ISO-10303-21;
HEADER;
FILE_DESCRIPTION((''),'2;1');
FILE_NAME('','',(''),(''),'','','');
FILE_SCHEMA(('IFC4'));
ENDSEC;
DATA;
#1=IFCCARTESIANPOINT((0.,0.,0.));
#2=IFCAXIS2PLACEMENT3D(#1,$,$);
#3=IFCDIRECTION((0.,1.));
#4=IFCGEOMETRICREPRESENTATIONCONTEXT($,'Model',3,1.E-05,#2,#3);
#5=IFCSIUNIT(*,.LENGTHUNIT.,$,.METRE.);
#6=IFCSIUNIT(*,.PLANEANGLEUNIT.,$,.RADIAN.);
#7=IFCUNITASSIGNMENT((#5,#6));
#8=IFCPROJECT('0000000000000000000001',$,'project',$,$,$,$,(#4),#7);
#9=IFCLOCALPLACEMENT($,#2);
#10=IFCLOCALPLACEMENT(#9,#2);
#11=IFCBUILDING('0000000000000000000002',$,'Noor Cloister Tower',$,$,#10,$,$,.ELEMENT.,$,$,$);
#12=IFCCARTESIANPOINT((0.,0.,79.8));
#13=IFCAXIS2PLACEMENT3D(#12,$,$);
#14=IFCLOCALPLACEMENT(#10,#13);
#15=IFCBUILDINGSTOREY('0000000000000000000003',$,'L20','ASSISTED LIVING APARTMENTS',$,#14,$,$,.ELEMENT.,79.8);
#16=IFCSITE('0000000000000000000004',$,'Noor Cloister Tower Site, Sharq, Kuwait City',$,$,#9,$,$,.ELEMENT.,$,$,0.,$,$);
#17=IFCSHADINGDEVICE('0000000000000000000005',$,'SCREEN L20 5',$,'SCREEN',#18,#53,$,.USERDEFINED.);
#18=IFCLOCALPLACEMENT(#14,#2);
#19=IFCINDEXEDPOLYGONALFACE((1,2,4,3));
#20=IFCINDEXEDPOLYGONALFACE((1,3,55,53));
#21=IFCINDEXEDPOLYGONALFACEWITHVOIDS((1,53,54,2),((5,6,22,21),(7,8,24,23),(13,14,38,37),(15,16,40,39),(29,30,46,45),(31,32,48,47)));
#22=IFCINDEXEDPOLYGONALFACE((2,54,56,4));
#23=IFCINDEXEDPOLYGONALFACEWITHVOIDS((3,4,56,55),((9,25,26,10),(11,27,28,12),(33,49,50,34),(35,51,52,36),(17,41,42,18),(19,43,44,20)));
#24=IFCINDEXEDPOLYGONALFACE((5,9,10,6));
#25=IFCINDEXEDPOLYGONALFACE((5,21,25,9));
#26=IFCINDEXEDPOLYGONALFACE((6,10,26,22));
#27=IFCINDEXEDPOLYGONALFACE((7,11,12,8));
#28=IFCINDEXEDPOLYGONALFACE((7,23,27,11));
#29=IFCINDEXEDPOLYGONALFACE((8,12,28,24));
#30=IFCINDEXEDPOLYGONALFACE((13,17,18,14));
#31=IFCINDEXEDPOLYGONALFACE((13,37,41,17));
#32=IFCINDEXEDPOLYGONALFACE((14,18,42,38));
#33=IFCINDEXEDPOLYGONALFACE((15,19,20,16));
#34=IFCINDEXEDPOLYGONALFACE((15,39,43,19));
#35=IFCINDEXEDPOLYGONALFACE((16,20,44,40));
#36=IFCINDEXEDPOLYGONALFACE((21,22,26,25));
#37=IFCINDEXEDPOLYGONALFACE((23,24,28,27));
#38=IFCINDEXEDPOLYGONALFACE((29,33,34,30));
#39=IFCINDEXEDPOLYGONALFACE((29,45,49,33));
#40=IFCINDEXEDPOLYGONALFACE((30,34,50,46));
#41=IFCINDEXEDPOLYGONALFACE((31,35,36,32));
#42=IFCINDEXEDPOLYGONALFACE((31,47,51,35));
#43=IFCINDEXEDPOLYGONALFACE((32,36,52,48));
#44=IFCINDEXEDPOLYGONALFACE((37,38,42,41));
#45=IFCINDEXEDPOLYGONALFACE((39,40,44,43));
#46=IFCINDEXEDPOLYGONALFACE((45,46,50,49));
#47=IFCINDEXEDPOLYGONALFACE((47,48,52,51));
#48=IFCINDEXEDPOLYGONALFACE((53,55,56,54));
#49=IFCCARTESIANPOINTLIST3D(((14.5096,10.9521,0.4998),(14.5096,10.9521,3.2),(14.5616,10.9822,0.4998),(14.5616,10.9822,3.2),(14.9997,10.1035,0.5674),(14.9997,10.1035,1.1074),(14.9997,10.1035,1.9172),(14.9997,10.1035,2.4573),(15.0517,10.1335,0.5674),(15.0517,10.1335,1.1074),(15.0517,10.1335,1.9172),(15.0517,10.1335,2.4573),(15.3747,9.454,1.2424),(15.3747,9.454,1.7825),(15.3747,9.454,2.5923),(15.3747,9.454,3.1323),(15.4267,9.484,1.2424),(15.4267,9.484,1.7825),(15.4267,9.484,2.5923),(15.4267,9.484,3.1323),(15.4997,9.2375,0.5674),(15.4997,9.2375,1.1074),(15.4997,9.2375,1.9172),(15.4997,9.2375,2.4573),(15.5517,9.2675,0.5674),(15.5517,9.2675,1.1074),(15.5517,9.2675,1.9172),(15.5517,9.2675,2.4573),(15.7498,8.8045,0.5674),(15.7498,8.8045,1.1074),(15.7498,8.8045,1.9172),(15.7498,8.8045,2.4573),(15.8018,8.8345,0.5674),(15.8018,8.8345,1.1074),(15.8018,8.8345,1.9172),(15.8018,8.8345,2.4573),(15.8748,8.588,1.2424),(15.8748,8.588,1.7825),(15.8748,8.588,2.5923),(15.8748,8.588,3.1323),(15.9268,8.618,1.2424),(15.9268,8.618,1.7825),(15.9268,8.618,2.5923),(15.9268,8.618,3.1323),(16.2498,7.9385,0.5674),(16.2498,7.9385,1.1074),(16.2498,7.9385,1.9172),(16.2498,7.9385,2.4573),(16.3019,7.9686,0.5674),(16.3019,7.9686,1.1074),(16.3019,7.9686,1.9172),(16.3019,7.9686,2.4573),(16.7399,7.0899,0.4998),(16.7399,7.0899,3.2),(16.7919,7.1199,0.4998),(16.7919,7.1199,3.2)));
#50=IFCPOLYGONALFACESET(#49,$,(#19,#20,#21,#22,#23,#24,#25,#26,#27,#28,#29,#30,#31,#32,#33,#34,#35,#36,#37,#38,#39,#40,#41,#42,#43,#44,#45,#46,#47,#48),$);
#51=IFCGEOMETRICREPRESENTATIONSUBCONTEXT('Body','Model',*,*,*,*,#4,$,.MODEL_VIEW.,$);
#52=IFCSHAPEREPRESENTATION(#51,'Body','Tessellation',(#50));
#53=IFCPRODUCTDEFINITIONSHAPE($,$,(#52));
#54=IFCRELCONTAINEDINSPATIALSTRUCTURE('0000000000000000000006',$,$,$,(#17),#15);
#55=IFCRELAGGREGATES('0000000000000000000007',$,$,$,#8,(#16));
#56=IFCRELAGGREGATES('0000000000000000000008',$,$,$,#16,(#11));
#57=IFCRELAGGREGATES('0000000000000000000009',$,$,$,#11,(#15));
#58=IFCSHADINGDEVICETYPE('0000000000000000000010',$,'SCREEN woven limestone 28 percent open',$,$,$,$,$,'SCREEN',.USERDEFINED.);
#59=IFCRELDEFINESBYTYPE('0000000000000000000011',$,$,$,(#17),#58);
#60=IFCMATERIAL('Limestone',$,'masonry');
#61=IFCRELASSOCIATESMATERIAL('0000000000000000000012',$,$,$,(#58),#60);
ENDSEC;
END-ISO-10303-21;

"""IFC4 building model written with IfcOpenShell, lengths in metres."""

from ifc_helpers import new_model, si_unit, direction, frame, origin, place, context, subcontext, project, spatial, polyline, outline, extrude, material, material_profile, profile_set, type_object, element, save


model = new_model("IFC4")

# Units and contexts
model_context = context("Model", 3, precision=1e-05, world=origin(), true_north=direction((0.0, 1.0)))
body_context = subcontext(model_context, "Body", "Model", "MODEL_VIEW")
ifc_project = project(units=[si_unit("LENGTHUNIT", "METRE"), si_unit("PLANEANGLEUNIT", "RADIAN")], contexts=[model_context])

# Site, building, storey
site_placement = place(None, origin())
site = spatial("IfcSite", under=ifc_project, at=site_placement, Name="Noor Cloister Tower Site, Sharq, Kuwait City", CompositionType="ELEMENT", RefElevation=0.0)
building_placement = place(site_placement, origin())
building = spatial("IfcBuilding", under=site, at=building_placement, Name="Noor Cloister Tower", CompositionType="ELEMENT")
storey_placement = place(building_placement, frame((0.0, 0.0, 79.8)))
storey = spatial("IfcBuildingStorey", under=building, at=storey_placement, Name="L20", Description="ASSISTED LIVING APARTMENTS", CompositionType="ELEMENT", Elevation=79.8)

# Shading device
ifc_material_1 = material(Name="Limestone", Category="masonry")
ifc_material_profile_1 = material_profile(ifc_material_1, outline(polyline([(-2.23, -1.3501), (2.23, -1.3501), (2.23, 1.3501), (-2.23, 1.3501), (-2.23, -1.3501)]), holes=[polyline([(-1.25, -1.2825), (-0.25, -1.2825), (-0.25, -0.7424), (-1.25, -0.7424), (-1.25, -1.2825)]), polyline([(0.25, -1.2825), (1.25, -1.2825), (1.25, -0.7424), (0.25, -0.7424), (0.25, -1.2825)]), polyline([(-0.5, -0.6074), (0.5, -0.6074), (0.5, -0.0674), (-0.5, -0.0674), (-0.5, -0.6074)]), polyline([(-1.25, 0.0674), (-0.25, 0.0674), (-0.25, 0.6074), (-1.25, 0.6074), (-1.25, 0.0674)]), polyline([(0.25, 0.0674), (1.25, 0.0674), (1.25, 0.6074), (0.25, 0.6074), (0.25, 0.0674)]), polyline([(-0.5, 0.7424), (0.5, 0.7424), (0.5, 1.2825), (-0.5, 1.2825), (-0.5, 0.7424)])]), Name="Woven screen 28 percent open")
ifc_profile_set_1 = profile_set([ifc_material_profile_1], Name="Limestone")
shading_device_type = type_object("IfcShadingDeviceType", Name="SCREEN woven limestone 28 percent open", ElementType="SCREEN", PredefinedType="USERDEFINED", material=ifc_profile_set_1)
for number, where, z_axis, x_axis, name in (
    (1, (15.6248, 9.021, 1.8499), (0.865982, 0.500074, 0.0), (-0.500074, 0.865982, 0.0), "SCREEN L20 5"),
):
    element("IfcShadingDevice", number, at=place(storey_placement, frame(where, z_axis=z_axis, x_axis=x_axis)), inside=storey, type_object=shading_device_type, Name=name, ObjectType="SCREEN", PredefinedType="USERDEFINED", context=body_context, shape_type="SweptSolid", body=[
        extrude(outline(polyline([(-2.23, -1.3501), (2.23, -1.3501), (2.23, 1.3501), (-2.23, 1.3501), (-2.23, -1.3501)]), holes=[polyline([(-1.25, -1.2825), (-0.25, -1.2825), (-0.25, -0.7424), (-1.25, -0.7424), (-1.25, -1.2825)]), polyline([(0.25, -1.2825), (1.25, -1.2825), (1.25, -0.7424), (0.25, -0.7424), (0.25, -1.2825)]), polyline([(-0.5, -0.6074), (0.5, -0.6074), (0.5, -0.0674), (-0.5, -0.0674), (-0.5, -0.6074)]), polyline([(-1.25, 0.0674), (-0.25, 0.0674), (-0.25, 0.6074), (-1.25, 0.6074), (-1.25, 0.0674)]), polyline([(0.25, 0.0674), (1.25, 0.0674), (1.25, 0.6074), (0.25, 0.6074), (0.25, 0.0674)]), polyline([(-0.5, 0.7424), (0.5, 0.7424), (0.5, 1.2825), (-0.5, 1.2825), (-0.5, 0.7424)])]), origin(), (0.0, 0.0, 1.0), 0.0601),
    ])

save(model, "model.ifc")
